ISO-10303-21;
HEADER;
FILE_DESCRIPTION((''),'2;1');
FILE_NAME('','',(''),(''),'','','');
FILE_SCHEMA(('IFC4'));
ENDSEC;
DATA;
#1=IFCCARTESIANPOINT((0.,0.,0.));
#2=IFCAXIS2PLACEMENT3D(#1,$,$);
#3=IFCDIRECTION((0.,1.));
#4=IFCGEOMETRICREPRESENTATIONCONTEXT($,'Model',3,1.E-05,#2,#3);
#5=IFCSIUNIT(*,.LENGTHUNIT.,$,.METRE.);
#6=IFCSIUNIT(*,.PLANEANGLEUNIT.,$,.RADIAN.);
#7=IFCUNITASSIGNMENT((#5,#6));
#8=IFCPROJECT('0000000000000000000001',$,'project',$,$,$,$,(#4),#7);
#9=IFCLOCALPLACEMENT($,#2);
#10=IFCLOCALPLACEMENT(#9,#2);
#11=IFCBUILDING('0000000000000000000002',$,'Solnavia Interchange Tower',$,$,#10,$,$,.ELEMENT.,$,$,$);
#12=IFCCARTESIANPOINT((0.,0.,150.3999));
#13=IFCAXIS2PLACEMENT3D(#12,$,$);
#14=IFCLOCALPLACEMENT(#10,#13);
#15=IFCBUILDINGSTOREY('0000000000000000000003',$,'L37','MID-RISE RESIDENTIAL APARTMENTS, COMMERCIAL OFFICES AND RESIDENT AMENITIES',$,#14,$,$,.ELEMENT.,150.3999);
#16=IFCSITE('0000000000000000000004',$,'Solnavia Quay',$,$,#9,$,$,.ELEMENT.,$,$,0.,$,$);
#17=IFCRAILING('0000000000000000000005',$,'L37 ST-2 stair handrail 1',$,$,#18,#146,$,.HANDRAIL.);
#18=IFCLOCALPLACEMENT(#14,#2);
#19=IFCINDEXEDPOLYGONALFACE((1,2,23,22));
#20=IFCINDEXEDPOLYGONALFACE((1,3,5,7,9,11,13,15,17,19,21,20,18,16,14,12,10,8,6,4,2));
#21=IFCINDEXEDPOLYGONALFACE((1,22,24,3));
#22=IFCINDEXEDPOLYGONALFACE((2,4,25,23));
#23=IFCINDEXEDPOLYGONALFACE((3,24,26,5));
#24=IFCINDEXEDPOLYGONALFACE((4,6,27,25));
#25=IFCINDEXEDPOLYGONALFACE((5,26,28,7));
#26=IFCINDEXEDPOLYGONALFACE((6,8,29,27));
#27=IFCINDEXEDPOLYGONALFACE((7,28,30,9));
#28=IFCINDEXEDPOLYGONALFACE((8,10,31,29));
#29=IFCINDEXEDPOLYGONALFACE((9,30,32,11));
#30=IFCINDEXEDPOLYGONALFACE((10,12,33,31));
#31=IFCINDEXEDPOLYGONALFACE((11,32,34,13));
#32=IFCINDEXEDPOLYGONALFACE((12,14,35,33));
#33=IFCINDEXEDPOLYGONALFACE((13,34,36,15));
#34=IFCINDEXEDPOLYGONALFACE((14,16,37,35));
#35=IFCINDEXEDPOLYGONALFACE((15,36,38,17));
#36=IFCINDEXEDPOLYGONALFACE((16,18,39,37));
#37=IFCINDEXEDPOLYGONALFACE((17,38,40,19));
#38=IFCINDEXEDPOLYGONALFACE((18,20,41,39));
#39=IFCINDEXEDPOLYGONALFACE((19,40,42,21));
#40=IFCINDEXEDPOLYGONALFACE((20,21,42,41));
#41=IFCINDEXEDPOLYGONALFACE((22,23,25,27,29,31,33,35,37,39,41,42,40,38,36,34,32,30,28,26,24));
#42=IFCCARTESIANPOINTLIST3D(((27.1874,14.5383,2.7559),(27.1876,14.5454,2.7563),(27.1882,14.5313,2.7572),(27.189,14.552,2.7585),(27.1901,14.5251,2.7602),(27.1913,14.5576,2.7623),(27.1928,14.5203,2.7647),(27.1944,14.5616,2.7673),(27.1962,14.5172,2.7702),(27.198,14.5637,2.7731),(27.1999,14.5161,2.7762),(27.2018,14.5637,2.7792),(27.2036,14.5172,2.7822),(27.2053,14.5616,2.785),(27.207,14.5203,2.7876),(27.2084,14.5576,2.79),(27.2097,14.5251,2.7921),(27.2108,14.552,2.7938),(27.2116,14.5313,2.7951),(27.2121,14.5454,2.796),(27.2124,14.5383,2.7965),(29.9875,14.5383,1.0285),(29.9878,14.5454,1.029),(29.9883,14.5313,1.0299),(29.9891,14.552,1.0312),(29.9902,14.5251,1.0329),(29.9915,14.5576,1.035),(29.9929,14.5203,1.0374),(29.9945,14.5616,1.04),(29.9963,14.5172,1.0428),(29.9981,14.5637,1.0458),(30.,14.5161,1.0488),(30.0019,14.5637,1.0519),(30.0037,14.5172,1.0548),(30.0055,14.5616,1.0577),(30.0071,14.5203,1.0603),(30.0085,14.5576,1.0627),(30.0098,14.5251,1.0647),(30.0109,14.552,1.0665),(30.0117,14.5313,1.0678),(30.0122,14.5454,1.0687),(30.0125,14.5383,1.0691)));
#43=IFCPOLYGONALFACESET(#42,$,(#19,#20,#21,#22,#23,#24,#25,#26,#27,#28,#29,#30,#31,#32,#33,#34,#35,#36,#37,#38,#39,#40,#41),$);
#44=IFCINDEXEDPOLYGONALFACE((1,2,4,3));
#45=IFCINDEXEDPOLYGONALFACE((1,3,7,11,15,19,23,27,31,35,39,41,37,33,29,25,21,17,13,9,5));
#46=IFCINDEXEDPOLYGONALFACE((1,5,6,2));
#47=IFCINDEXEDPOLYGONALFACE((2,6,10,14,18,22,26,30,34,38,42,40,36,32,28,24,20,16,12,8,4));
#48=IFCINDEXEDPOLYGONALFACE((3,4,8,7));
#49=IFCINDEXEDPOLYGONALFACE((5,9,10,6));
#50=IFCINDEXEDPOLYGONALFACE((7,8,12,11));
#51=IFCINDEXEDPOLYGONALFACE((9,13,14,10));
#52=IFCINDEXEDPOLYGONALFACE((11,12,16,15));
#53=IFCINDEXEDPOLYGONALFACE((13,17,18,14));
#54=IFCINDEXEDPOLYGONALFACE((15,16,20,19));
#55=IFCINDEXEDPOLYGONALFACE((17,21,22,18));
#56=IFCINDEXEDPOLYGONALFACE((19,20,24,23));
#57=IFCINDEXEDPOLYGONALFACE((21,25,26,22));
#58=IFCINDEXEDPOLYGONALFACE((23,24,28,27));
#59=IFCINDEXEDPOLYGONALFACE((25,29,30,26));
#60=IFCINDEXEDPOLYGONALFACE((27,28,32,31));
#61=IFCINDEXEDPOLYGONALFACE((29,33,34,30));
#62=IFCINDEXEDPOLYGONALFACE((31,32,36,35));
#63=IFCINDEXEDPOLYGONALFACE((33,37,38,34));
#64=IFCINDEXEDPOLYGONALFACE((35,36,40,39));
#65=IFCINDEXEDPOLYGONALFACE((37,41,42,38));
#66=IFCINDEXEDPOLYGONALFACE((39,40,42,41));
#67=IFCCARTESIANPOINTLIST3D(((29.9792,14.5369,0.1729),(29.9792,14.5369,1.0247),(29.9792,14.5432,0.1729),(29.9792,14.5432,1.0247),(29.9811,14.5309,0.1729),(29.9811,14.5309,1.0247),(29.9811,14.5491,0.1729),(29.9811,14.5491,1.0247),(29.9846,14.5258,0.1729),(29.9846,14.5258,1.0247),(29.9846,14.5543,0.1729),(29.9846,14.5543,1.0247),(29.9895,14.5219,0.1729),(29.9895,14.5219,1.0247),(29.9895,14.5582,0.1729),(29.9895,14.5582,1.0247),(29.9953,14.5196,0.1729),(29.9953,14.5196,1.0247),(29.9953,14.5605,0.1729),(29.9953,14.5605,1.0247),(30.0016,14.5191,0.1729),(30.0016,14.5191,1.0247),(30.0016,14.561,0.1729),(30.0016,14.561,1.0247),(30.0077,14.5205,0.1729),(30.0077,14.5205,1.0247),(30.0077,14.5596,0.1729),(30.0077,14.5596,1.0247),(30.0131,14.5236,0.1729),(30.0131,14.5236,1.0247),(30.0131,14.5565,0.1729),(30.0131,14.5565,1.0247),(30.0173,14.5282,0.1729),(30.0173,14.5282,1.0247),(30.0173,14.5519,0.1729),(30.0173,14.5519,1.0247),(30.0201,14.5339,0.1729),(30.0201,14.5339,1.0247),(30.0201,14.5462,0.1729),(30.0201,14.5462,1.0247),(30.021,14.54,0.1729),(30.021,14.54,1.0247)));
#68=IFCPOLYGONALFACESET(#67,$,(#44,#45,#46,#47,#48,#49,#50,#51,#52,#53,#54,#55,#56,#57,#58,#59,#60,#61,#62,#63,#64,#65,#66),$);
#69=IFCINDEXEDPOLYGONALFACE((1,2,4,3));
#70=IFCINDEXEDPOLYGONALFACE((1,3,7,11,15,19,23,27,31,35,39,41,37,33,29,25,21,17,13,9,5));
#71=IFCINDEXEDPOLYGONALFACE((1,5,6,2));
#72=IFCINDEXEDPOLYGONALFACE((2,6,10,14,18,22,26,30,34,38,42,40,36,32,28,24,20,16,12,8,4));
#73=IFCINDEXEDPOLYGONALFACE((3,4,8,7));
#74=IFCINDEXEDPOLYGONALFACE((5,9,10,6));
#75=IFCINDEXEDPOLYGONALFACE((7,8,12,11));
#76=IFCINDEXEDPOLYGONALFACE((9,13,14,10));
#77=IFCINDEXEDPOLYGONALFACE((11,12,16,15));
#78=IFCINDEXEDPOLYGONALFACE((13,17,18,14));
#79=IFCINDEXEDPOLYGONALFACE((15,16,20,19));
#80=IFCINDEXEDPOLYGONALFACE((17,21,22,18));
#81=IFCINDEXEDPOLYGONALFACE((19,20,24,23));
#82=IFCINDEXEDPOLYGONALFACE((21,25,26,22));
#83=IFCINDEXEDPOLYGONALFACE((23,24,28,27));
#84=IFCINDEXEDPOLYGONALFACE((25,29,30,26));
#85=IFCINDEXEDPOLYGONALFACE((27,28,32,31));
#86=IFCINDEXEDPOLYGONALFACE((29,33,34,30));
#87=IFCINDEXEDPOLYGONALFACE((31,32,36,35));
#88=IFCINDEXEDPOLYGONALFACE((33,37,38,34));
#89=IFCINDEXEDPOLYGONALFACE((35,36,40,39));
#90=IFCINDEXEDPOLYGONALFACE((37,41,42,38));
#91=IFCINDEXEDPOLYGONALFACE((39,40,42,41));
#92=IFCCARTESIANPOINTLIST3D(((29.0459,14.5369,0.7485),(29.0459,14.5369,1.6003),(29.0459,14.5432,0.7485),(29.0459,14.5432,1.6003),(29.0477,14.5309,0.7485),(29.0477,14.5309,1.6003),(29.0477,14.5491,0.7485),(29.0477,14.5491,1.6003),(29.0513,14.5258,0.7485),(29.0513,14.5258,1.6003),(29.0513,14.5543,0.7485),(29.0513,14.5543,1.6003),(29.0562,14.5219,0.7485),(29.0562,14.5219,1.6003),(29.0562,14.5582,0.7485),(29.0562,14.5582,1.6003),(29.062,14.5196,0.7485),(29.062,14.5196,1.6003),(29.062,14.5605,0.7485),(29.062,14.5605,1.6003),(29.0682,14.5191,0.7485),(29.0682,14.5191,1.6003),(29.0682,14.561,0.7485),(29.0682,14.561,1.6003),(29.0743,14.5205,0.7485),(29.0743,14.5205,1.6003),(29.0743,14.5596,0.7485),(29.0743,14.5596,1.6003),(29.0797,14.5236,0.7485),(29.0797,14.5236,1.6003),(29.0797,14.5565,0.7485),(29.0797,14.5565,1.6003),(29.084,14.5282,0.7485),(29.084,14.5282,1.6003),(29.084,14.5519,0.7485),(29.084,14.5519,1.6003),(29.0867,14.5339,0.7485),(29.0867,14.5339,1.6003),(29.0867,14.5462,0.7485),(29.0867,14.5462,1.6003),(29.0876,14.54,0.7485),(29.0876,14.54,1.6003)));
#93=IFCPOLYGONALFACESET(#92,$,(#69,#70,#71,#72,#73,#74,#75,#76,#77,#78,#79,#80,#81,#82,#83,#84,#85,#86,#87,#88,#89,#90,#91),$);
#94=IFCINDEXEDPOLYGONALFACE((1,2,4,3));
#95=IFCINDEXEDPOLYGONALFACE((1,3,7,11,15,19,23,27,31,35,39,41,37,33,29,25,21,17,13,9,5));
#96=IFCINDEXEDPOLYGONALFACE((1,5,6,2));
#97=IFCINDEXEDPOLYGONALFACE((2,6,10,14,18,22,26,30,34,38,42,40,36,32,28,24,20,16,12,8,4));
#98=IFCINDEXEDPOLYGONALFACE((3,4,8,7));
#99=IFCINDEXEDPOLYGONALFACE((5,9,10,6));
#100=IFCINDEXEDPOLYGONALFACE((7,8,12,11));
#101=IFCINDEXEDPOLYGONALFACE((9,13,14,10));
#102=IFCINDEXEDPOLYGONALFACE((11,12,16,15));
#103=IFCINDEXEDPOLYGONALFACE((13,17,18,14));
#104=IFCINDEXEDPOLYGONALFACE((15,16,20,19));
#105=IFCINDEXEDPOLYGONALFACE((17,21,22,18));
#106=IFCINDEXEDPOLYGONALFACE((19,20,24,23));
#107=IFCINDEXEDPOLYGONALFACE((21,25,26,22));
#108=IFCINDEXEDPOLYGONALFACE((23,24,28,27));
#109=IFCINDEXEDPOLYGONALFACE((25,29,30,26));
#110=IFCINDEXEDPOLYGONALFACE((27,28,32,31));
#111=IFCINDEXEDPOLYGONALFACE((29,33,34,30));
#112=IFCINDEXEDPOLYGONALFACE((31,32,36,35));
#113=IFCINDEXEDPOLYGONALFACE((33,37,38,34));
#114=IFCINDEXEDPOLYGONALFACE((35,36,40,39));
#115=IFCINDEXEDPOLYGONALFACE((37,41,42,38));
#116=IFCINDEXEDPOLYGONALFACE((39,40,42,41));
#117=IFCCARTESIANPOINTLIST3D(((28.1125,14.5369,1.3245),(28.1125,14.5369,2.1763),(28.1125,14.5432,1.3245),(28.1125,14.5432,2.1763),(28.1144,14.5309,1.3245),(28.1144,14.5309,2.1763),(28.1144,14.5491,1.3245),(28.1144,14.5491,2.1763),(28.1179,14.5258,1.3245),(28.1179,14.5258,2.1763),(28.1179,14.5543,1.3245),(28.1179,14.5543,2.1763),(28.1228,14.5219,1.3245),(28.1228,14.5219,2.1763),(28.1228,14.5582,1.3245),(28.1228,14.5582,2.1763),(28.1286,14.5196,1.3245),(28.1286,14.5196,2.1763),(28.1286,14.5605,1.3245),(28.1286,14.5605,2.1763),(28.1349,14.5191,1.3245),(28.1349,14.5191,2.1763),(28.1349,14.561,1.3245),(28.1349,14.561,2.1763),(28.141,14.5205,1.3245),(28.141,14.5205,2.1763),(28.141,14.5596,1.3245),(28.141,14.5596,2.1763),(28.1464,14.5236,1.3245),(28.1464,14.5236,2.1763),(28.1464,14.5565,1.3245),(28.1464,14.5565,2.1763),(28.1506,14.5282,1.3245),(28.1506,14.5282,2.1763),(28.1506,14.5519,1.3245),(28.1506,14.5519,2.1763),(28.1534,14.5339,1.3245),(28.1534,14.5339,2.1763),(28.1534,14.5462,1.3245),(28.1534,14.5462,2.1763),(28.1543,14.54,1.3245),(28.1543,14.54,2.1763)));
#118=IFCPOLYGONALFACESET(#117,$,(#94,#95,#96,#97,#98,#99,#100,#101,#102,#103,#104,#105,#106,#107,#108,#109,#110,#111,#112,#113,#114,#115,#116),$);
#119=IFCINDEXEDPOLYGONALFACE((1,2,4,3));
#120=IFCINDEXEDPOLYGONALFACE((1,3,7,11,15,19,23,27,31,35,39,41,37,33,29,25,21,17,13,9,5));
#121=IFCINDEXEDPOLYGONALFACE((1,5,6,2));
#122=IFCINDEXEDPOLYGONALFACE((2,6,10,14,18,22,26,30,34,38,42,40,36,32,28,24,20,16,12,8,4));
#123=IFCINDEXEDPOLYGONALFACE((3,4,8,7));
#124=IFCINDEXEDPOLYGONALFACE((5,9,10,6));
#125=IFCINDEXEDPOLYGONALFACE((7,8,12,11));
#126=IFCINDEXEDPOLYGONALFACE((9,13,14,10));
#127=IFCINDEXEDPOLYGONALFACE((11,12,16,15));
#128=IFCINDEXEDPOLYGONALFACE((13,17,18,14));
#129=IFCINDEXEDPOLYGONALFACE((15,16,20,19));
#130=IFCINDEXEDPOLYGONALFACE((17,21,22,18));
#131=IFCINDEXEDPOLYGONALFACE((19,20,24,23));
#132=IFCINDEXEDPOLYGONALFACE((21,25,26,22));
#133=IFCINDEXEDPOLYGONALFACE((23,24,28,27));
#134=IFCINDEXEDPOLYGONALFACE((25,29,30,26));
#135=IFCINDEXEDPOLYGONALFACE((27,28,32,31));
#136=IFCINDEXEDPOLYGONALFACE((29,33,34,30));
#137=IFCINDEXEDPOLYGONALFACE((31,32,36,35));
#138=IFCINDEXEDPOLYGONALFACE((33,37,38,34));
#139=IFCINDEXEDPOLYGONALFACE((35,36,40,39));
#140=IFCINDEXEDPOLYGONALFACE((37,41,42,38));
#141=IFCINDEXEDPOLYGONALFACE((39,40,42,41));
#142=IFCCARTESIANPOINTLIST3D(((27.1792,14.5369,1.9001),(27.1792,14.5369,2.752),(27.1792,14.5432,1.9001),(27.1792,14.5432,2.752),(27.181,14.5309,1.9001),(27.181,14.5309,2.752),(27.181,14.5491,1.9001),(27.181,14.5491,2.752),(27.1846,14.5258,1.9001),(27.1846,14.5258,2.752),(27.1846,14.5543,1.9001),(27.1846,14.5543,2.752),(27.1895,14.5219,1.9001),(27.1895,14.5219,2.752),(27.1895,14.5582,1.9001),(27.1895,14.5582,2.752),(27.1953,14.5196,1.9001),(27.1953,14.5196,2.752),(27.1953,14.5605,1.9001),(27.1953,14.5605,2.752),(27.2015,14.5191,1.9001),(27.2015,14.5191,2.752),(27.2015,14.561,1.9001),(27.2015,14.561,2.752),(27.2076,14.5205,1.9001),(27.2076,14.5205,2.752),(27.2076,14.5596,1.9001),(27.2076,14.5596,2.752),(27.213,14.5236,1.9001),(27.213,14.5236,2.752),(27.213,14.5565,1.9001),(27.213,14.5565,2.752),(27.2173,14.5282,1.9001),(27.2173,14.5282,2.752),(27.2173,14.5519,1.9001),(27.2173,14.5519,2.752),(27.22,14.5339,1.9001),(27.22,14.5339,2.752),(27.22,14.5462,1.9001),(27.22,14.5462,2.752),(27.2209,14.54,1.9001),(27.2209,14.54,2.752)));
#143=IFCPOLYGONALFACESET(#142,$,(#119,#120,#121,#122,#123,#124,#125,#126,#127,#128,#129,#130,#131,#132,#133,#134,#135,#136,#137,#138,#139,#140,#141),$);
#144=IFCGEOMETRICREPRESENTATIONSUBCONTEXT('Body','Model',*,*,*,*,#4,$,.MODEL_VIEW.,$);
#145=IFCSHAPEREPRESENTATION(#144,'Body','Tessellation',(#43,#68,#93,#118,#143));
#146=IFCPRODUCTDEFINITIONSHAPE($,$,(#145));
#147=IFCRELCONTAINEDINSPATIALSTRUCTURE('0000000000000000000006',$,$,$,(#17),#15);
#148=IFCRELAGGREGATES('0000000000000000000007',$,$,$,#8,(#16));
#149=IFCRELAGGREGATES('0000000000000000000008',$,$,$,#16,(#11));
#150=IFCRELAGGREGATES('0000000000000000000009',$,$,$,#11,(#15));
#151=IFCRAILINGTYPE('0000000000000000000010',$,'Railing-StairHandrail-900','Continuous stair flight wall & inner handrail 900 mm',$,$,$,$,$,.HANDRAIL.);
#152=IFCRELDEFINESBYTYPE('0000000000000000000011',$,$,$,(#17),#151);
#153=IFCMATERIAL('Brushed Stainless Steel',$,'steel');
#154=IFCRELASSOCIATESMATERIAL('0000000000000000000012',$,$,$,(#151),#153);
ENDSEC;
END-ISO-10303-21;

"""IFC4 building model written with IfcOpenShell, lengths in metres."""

from ifc_helpers import new_model, si_unit, direction, frame, origin, origin_2d, place, context, subcontext, project, spatial, circle, extrude, material, type_object, element, save


model = new_model("IFC4")

# Units and contexts
model_context = context("Model", 3, precision=1e-05, world=origin(), true_north=direction((0.0, 1.0)))
body_context = subcontext(model_context, "Body", "Model", "MODEL_VIEW")
ifc_project = project(units=[si_unit("LENGTHUNIT", "METRE"), si_unit("PLANEANGLEUNIT", "RADIAN")], contexts=[model_context])

# Site, building, storey
site_placement = place(None, origin())
site = spatial("IfcSite", under=ifc_project, at=site_placement, Name="Solnavia Quay", CompositionType="ELEMENT", RefElevation=0.0)
building_placement = place(site_placement, origin())
building = spatial("IfcBuilding", under=site, at=building_placement, Name="Solnavia Interchange Tower", CompositionType="ELEMENT")
storey_placement = place(building_placement, frame((0.0, 0.0, 150.3999)))
storey = spatial("IfcBuildingStorey", under=building, at=storey_placement, Name="L37", Description="MID-RISE RESIDENTIAL APARTMENTS, COMMERCIAL OFFICES AND RESIDENT AMENITIES", CompositionType="ELEMENT", Elevation=150.3999)

# Railing
ifc_material_1 = material(Name="Brushed Stainless Steel", Category="steel")
railing_type_1 = type_object("IfcRailingType", Name="Railing-StairHandrail-900", Description="Continuous stair flight wall & inner handrail 900 mm", PredefinedType="HANDRAIL", material=ifc_material_1)
railing_1_placement = place(storey_placement, frame((30.0, 14.54, 0.1729)))
element("IfcRailing", 1, at=railing_1_placement, inside=storey, type_object=railing_type_1, Name="L37 ST-2 stair handrail 1", PredefinedType="HANDRAIL", context=body_context, shape_type="SweptSolid", body=[
    extrude(circle(Radius=0.0239, at=origin_2d()), frame((0.0, 0.0, 0.876), z_axis=(-0.85109, 0.0, 0.52502), x_axis=(0.0, -1.0, 0.0)), (0.0, 0.0, 1.0), 3.29),
    extrude(circle(Radius=0.021, at=origin_2d()), origin(), (0.0, 0.0, 1.0), 0.8518),
    extrude(circle(Radius=0.021, at=origin_2d()), frame((-0.9333, 0.0, 0.5757)), (0.0, 0.0, 1.0), 0.8518),
    extrude(circle(Radius=0.021, at=origin_2d()), frame((-1.8667, 0.0, 1.1516)), (0.0, 0.0, 1.0), 0.8518),
    extrude(circle(Radius=0.021, at=origin_2d()), frame((-2.8, 0.0, 1.7273)), (0.0, 0.0, 1.0), 0.8518),
])

save(model, "model.ifc")
